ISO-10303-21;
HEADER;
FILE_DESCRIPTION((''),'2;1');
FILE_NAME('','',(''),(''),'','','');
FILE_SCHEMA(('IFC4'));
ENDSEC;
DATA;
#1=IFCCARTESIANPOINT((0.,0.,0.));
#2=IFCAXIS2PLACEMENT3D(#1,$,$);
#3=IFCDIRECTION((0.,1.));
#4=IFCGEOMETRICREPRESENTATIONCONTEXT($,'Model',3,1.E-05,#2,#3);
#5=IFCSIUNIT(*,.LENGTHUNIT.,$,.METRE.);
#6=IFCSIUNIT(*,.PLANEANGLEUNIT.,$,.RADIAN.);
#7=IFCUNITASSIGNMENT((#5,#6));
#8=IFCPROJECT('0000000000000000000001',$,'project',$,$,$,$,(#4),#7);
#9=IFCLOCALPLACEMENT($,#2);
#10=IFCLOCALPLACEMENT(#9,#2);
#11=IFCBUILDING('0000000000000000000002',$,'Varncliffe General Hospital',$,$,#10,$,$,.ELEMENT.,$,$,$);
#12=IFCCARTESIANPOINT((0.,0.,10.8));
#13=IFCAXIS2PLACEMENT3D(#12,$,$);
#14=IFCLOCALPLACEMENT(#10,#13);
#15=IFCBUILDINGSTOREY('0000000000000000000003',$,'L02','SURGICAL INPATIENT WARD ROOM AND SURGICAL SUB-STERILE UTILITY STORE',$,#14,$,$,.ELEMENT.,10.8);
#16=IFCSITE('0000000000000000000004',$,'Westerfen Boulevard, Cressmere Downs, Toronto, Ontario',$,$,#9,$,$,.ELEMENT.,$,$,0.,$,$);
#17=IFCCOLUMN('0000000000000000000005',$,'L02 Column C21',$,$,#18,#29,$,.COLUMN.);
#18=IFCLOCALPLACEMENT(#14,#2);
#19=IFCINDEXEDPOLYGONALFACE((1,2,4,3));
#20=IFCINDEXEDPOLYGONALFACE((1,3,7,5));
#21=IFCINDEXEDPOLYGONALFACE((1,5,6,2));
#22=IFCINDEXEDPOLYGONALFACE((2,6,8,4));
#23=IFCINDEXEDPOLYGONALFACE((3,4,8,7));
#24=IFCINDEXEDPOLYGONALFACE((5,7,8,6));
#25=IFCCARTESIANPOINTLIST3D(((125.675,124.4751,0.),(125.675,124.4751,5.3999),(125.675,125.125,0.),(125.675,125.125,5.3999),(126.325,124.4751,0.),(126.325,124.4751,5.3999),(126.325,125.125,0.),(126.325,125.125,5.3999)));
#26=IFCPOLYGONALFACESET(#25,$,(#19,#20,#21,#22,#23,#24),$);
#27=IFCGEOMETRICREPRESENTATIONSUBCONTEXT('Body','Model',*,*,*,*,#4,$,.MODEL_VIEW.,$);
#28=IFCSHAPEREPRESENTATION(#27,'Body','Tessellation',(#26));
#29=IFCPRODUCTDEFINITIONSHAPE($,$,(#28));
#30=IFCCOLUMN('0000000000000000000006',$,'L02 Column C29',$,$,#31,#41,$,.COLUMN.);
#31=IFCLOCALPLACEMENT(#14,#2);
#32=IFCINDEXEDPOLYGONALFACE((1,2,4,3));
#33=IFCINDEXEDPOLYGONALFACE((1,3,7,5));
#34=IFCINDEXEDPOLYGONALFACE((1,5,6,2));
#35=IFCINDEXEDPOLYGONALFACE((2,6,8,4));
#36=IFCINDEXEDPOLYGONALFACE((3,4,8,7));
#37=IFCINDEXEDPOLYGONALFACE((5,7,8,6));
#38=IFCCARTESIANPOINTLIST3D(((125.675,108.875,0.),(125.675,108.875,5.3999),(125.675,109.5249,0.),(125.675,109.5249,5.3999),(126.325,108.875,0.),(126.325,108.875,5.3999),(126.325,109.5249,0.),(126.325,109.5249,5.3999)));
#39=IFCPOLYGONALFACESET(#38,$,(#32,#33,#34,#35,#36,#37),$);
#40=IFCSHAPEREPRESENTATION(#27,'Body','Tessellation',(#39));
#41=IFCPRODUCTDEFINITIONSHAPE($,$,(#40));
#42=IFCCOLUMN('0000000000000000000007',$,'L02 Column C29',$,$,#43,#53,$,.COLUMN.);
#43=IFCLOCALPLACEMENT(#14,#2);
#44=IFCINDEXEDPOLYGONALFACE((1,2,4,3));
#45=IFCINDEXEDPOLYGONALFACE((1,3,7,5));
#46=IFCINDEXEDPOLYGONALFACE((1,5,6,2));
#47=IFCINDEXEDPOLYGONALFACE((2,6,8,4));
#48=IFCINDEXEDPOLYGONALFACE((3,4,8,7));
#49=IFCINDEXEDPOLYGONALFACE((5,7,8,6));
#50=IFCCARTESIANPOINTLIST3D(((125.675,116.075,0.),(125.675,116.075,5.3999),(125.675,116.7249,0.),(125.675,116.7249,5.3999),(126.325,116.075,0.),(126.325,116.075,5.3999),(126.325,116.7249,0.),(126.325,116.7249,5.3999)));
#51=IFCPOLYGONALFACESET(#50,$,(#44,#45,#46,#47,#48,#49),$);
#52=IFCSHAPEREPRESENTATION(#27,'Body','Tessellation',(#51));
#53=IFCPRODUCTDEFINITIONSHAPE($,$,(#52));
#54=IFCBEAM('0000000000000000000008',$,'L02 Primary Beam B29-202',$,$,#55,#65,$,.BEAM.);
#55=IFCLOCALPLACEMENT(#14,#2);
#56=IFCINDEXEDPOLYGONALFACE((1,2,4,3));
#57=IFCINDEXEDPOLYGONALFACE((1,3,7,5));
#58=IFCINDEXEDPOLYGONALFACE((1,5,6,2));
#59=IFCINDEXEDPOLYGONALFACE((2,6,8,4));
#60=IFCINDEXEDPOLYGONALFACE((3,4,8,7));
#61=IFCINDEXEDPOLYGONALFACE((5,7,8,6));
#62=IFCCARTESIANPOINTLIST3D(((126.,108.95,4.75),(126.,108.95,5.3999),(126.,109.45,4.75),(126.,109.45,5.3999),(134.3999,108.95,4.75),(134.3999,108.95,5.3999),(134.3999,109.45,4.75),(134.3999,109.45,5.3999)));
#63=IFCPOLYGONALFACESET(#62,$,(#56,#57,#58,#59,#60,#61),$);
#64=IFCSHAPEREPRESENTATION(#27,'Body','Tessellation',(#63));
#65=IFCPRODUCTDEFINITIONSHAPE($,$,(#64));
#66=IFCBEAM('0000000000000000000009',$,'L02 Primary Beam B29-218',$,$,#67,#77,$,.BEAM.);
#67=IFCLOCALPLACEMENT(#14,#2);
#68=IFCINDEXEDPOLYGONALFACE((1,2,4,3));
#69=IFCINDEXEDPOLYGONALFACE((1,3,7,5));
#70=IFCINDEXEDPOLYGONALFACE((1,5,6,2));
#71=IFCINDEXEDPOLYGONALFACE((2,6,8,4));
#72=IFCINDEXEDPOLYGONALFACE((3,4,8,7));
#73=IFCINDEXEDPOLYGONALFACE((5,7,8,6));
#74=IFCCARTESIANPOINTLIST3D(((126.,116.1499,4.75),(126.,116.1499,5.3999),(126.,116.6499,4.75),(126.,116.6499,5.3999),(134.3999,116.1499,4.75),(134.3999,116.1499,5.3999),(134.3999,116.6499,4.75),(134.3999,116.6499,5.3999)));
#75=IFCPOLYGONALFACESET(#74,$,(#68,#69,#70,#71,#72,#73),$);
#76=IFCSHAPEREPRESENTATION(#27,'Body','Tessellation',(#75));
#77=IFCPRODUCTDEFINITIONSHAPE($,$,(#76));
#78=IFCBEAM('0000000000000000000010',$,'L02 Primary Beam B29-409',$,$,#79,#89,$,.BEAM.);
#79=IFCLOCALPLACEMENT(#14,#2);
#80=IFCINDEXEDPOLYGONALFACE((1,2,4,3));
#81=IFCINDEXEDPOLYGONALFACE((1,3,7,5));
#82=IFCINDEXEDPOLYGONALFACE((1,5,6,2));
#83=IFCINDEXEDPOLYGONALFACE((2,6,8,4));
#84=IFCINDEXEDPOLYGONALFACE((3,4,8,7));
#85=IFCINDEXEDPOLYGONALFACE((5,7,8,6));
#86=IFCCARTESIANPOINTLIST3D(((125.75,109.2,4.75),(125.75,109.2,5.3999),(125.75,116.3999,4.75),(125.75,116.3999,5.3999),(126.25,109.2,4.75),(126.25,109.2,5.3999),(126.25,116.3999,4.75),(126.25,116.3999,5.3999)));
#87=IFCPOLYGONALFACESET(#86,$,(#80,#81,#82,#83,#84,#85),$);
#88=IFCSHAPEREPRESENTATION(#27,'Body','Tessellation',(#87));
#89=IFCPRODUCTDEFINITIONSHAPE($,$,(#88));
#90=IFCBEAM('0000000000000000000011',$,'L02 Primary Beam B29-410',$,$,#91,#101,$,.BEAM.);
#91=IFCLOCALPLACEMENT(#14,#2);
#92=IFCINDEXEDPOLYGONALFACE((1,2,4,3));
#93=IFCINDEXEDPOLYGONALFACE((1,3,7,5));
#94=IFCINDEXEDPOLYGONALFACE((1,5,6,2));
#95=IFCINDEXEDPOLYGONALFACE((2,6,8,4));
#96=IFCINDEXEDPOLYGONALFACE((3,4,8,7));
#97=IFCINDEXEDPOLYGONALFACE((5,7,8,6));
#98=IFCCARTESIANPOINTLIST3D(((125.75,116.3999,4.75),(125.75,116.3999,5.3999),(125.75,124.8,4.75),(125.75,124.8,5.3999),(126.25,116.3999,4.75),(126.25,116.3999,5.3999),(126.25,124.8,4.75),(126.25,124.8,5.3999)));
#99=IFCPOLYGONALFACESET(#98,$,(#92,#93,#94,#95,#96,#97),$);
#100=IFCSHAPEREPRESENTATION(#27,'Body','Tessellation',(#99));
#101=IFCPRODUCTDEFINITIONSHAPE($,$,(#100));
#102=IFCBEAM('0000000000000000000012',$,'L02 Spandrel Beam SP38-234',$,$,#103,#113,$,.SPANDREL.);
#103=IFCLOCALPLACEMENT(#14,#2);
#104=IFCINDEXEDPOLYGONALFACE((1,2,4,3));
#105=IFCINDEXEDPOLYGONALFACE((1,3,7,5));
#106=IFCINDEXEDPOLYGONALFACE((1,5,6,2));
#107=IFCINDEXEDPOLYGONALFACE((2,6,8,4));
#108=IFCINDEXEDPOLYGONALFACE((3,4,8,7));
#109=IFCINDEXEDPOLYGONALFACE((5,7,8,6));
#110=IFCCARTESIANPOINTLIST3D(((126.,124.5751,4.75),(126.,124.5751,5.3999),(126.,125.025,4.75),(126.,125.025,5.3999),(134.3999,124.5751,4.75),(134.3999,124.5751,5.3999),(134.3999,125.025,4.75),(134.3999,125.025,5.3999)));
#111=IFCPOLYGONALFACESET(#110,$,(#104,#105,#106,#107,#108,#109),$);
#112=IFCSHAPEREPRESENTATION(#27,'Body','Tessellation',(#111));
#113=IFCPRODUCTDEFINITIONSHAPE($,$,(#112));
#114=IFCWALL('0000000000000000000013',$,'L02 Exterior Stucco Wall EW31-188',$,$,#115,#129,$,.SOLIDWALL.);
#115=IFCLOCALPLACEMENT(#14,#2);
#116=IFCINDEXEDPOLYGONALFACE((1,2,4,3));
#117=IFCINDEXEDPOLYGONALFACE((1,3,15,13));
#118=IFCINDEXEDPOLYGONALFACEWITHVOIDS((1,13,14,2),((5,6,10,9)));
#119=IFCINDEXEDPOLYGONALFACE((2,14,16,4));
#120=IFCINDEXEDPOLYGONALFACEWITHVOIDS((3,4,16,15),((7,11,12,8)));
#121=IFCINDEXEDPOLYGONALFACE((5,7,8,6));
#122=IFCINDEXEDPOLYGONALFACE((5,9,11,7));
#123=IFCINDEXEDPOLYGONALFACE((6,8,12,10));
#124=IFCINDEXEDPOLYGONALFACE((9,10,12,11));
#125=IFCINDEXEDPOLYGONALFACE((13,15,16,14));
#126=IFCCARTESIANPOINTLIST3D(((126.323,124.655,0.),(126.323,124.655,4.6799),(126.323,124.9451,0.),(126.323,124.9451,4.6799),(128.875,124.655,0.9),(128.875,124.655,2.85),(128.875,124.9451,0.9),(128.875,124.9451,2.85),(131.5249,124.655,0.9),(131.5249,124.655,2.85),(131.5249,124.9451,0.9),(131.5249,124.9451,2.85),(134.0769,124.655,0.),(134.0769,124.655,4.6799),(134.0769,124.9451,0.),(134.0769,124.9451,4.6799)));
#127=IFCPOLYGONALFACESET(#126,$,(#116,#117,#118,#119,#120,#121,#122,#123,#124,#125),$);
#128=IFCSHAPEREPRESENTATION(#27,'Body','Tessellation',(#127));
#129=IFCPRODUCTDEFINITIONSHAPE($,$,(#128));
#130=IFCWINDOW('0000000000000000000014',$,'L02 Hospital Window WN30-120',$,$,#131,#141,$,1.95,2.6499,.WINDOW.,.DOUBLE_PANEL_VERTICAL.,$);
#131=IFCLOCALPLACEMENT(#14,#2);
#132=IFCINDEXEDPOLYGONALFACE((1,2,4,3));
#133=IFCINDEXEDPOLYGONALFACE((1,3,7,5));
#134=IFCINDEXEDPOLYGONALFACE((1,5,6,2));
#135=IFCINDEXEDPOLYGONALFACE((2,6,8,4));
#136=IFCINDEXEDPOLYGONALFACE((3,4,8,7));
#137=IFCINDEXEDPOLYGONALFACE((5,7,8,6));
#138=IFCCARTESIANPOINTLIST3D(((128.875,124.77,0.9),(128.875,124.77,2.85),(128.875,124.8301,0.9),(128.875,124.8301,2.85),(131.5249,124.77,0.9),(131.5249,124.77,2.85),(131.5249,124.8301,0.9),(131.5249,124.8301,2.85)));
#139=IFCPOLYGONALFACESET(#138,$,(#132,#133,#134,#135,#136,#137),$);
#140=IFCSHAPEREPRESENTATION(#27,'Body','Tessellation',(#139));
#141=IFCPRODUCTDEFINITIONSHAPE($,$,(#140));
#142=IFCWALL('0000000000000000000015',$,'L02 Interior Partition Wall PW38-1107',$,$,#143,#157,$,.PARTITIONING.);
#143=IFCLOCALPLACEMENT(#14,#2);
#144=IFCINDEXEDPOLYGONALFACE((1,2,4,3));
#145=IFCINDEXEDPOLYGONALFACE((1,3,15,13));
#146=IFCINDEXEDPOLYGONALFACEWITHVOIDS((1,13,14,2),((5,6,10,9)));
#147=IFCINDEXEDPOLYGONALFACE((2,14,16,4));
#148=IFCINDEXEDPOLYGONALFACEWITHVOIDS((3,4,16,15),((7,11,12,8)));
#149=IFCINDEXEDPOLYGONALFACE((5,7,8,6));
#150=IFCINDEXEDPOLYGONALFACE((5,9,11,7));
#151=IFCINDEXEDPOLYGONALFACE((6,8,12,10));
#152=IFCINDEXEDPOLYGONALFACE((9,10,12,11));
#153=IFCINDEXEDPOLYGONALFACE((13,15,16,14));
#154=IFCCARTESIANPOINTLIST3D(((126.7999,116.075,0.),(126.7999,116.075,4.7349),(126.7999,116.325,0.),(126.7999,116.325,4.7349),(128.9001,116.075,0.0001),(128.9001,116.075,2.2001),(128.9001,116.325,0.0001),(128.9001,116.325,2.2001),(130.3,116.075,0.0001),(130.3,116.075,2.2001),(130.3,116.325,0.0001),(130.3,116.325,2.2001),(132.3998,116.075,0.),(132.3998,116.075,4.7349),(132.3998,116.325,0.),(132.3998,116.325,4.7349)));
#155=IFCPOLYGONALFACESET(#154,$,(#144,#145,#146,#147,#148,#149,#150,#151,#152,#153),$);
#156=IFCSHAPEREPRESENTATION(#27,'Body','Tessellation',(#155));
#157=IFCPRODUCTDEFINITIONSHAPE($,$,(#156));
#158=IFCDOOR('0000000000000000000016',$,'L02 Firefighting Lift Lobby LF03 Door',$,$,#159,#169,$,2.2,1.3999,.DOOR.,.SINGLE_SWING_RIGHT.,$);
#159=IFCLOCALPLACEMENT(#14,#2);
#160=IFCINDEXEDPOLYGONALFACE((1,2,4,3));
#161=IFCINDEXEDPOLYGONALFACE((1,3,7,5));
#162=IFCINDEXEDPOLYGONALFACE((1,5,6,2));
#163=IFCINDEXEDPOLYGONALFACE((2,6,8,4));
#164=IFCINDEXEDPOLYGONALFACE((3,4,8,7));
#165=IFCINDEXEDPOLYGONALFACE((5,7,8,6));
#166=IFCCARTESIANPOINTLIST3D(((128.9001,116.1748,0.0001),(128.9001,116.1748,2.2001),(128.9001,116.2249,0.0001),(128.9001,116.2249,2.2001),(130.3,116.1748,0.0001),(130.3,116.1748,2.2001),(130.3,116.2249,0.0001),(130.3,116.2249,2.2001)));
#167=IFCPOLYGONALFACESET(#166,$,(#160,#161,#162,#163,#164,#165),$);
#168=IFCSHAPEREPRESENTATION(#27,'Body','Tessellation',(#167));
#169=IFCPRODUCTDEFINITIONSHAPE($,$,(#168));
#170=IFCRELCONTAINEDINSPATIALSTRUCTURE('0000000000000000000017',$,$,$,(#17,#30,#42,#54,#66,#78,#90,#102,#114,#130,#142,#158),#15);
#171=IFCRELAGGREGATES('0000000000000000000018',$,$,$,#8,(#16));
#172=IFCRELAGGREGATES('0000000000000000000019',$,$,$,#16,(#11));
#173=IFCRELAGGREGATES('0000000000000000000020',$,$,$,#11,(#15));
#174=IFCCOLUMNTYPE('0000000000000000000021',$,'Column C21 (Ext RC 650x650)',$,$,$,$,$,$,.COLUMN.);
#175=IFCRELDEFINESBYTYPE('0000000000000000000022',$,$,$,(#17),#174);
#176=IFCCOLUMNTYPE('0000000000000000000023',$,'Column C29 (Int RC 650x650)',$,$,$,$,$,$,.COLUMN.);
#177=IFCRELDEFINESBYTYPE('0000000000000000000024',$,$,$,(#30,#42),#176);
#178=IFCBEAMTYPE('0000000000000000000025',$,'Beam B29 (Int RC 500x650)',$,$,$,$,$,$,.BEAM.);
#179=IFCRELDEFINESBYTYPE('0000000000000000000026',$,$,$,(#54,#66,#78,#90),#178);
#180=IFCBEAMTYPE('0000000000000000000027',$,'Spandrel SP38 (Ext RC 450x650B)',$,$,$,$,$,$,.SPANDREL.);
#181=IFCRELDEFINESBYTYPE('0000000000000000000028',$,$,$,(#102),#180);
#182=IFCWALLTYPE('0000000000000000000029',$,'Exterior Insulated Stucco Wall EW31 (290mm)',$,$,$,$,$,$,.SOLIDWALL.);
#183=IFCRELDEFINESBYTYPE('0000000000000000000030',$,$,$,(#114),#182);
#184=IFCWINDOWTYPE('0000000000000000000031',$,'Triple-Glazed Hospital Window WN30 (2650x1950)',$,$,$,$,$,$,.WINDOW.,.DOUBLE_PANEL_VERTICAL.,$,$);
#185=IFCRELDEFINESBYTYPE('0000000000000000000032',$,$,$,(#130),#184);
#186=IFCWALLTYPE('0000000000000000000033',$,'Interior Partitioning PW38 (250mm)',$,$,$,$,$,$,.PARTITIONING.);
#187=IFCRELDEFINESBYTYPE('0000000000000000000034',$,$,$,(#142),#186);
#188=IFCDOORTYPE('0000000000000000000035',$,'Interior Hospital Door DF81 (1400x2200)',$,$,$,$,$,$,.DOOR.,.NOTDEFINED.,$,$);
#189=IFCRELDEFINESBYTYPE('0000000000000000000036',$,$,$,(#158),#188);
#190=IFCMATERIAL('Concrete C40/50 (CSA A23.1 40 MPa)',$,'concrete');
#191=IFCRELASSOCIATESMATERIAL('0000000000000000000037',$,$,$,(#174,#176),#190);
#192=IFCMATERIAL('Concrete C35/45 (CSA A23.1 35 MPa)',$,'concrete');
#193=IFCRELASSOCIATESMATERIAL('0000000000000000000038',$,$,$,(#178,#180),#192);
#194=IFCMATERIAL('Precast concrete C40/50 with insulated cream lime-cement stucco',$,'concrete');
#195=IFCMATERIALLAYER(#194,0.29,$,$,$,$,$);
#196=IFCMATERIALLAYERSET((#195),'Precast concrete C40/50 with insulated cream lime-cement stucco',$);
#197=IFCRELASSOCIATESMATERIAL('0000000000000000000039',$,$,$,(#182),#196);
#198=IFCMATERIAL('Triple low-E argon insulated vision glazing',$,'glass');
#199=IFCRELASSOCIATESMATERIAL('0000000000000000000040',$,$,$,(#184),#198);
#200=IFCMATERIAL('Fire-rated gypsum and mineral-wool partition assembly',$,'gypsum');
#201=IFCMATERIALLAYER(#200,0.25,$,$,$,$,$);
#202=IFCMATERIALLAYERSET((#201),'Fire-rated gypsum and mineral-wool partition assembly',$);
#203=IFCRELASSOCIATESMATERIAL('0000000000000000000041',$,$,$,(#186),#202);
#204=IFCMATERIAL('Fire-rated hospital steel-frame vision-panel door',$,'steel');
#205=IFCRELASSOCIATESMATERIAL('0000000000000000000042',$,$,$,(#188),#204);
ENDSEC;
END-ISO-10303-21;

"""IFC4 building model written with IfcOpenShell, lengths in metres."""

from ifc_helpers import new_model, si_unit, direction, frame, frame_2d, origin, origin_2d, place, context, subcontext, project, spatial, rectangle, extrude, material, layer, layer_set, material_profile, profile_set, type_object, element, fill, save


model = new_model("IFC4")

# Units and contexts
model_context = context("Model", 3, precision=1e-05, world=origin(), true_north=direction((0.0, 1.0)))
body_context = subcontext(model_context, "Body", "Model", "MODEL_VIEW")
ifc_project = project(units=[si_unit("LENGTHUNIT", "METRE"), si_unit("PLANEANGLEUNIT", "RADIAN")], contexts=[model_context])

# Site, building, storey
site_placement = place(None, origin())
site = spatial("IfcSite", under=ifc_project, at=site_placement, Name="Westerfen Boulevard, Cressmere Downs, Toronto, Ontario", CompositionType="ELEMENT", RefElevation=0.0)
building_placement = place(site_placement, origin())
building = spatial("IfcBuilding", under=site, at=building_placement, Name="Varncliffe General Hospital", CompositionType="ELEMENT")
storey_placement = place(building_placement, frame((0.0, 0.0, 10.8)))
storey = spatial("IfcBuildingStorey", under=building, at=storey_placement, Name="L02", Description="SURGICAL INPATIENT WARD ROOM AND SURGICAL SUB-STERILE UTILITY STORE", CompositionType="ELEMENT", Elevation=10.8)

# Columns
ifc_material_1 = material(Name="Concrete C40/50 (CSA A23.1 40 MPa)", Category="concrete")
ifc_material_profile_1 = material_profile(ifc_material_1, rectangle(XDim=0.6499, YDim=0.6499, at=origin_2d()), Name="RC 650x650")
ifc_profile_set_1 = profile_set([ifc_material_profile_1], Name="Concrete C40/50 (CSA A23.1 40 MPa)")
column_type_1 = type_object("IfcColumnType", Name="Column C21 (Ext RC 650x650)", PredefinedType="COLUMN", material=ifc_profile_set_1)
column_placement = place(storey_placement, frame((126.0, 124.8, 0.0), z_axis=(0.0, 0.0, 1.0), x_axis=(1.0, 0.0, 0.0)))
element("IfcColumn", 1, at=column_placement, inside=storey, type_object=column_type_1, Name="L02 Column C21", PredefinedType="COLUMN", context=body_context, shape_type="SweptSolid", body=[
    extrude(rectangle(XDim=0.6499, YDim=0.6499, at=origin_2d()), origin(), (0.0, 0.0, 1.0), 5.3999),
])
ifc_material_profile_2 = material_profile(ifc_material_1, rectangle(XDim=0.6499, YDim=0.6499, at=origin_2d()), Name="RC 650x650")
ifc_profile_set_2 = profile_set([ifc_material_profile_2], Name="Concrete C40/50 (CSA A23.1 40 MPa)")
column_type_2 = type_object("IfcColumnType", Name="Column C29 (Int RC 650x650)", PredefinedType="COLUMN", material=ifc_profile_set_2)
for number, where, z_axis, x_axis, name in (
    (2, (126.0, 109.2, 0.0), (0.0, 0.0, 1.0), (1.0, 0.0, 0.0), "L02 Column C29"),
    (3, (126.0, 116.3999, 0.0), (0.0, 0.0, 1.0), (1.0, 0.0, 0.0), "L02 Column C29"),
):
    element("IfcColumn", number, at=place(storey_placement, frame(where, z_axis=z_axis, x_axis=x_axis)), inside=storey, type_object=column_type_2, Name=name, PredefinedType="COLUMN", context=body_context, shape_type="SweptSolid", body=[
        extrude(rectangle(XDim=0.6499, YDim=0.6499, at=origin_2d()), origin(), (0.0, 0.0, 1.0), 5.3999),
    ])

# Beams
ifc_material_2 = material(Name="Concrete C35/45 (CSA A23.1 35 MPa)", Category="concrete")
ifc_material_profile_3 = material_profile(ifc_material_2, rectangle(XDim=0.5, YDim=0.6499, at=origin_2d()), Name="RC 500x650")
ifc_profile_set_3 = profile_set([ifc_material_profile_3], Name="Concrete C35/45 (CSA A23.1 35 MPa)")
beam_type_1 = type_object("IfcBeamType", Name="Beam B29 (Int RC 500x650)", PredefinedType="BEAM", material=ifc_profile_set_3)
for number, where, z_axis, x_axis, name in (
    (4, (126.0, 109.2, 5.075), (1.0, 0.0, 0.0), (0.0, 1.0, 0.0), "L02 Primary Beam B29-202"),
    (5, (126.0, 116.3999, 5.075), (1.0, 0.0, 0.0), (0.0, 1.0, 0.0), "L02 Primary Beam B29-218"),
):
    element("IfcBeam", number, at=place(storey_placement, frame(where, z_axis=z_axis, x_axis=x_axis)), inside=storey, type_object=beam_type_1, Name=name, PredefinedType="BEAM", context=body_context, shape_type="SweptSolid", body=[
        extrude(rectangle(XDim=0.5, YDim=0.6499, at=origin_2d()), origin(), (0.0, 0.0, 1.0), 8.3999),
    ])
beam_1_placement = place(storey_placement, frame((126.0, 109.2, 5.075), z_axis=(0.0, 1.0, 0.0), x_axis=(-1.0, 0.0, 0.0)))
element("IfcBeam", 6, at=beam_1_placement, inside=storey, type_object=beam_type_1, Name="L02 Primary Beam B29-409", PredefinedType="BEAM", context=body_context, shape_type="SweptSolid", body=[
    extrude(rectangle(XDim=0.5, YDim=0.6499, at=origin_2d()), origin(), (0.0, 0.0, 1.0), 7.2),
])
beam_2_placement = place(storey_placement, frame((126.0, 116.3999, 5.075), z_axis=(0.0, 1.0, 0.0), x_axis=(-1.0, 0.0, 0.0)))
element("IfcBeam", 7, at=beam_2_placement, inside=storey, type_object=beam_type_1, Name="L02 Primary Beam B29-410", PredefinedType="BEAM", context=body_context, shape_type="SweptSolid", body=[
    extrude(rectangle(XDim=0.5, YDim=0.6499, at=origin_2d()), origin(), (0.0, 0.0, 1.0), 8.4001),
])
ifc_material_profile_4 = material_profile(ifc_material_2, rectangle(XDim=0.45, YDim=0.6499, at=origin_2d()), Name="RC 450x650")
ifc_profile_set_4 = profile_set([ifc_material_profile_4], Name="Concrete C35/45 (CSA A23.1 35 MPa)")
beam_type_2 = type_object("IfcBeamType", Name="Spandrel SP38 (Ext RC 450x650B)", PredefinedType="SPANDREL", material=ifc_profile_set_4)
beam_3_placement = place(storey_placement, frame((126.0, 124.8, 5.075), z_axis=(1.0, 0.0, 0.0), x_axis=(0.0, 1.0, 0.0)))
element("IfcBeam", 8, at=beam_3_placement, inside=storey, type_object=beam_type_2, Name="L02 Spandrel Beam SP38-234", PredefinedType="SPANDREL", context=body_context, shape_type="SweptSolid", body=[
    extrude(rectangle(XDim=0.45, YDim=0.6499, at=origin_2d()), origin(), (0.0, 0.0, 1.0), 8.3999),
])

# Wall, opening, window
ifc_material_3 = material(Name="Precast concrete C40/50 with insulated cream lime-cement stucco", Category="concrete")
ifc_layer_1 = layer(ifc_material_3, 0.29)
ifc_layer_set_1 = layer_set([ifc_layer_1], Name="Precast concrete C40/50 with insulated cream lime-cement stucco")
wall_type_1 = type_object("IfcWallType", Name="Exterior Insulated Stucco Wall EW31 (290mm)", PredefinedType="SOLIDWALL", material=ifc_layer_set_1)
wall_1_placement = place(storey_placement, frame((126.323, 124.8, 0.0), z_axis=(0.0, 0.0, 1.0), x_axis=(1.0, 0.0, 0.0)))
wall_1 = element("IfcWall", 9, at=wall_1_placement, inside=storey, type_object=wall_type_1, Name="L02 Exterior Stucco Wall EW31-188", PredefinedType="SOLIDWALL", context=body_context, shape_type="SweptSolid", body=[
    extrude(rectangle(XDim=7.7539, YDim=0.29, at=frame_2d((3.877, 0.0))), origin(), (0.0, 0.0, 1.0), 4.6799),
])
opening_1_placement = place(wall_1_placement, frame((2.552, 0.0, 0.8999)))
opening_1 = element("IfcOpeningElement", 10, at=opening_1_placement, cuts=wall_1, PredefinedType="OPENING", context=body_context, shape_type="SweptSolid", body=[
    extrude(rectangle(XDim=2.6499, YDim=1.95, at=frame_2d((1.325, 0.9751))), frame((0.0, 0.155, 0.0), z_axis=(0.0, -1.0, 0.0), x_axis=(1.0, 0.0, 0.0)), (0.0, 0.0, 1.0), 0.3101),
])
ifc_material_4 = material(Name="Triple low-E argon insulated vision glazing", Category="glass")
window_type = type_object("IfcWindowType", Name="Triple-Glazed Hospital Window WN30 (2650x1950)", PartitioningType="DOUBLE_PANEL_VERTICAL", PredefinedType="WINDOW", material=ifc_material_4)
window_placement = place(opening_1_placement, origin())
window = element("IfcWindow", 11, at=window_placement, inside=storey, type_object=window_type, Name="L02 Hospital Window WN30-120", OverallHeight=1.95, OverallWidth=2.6499, PartitioningType="DOUBLE_PANEL_VERTICAL", PredefinedType="WINDOW", context=body_context, shape_type="SweptSolid", body=[
    extrude(rectangle(XDim=2.6499, YDim=1.95, at=frame_2d((1.325, 0.9751))), frame((0.0, 0.03, 0.0), z_axis=(0.0, -1.0, 0.0), x_axis=(1.0, 0.0, 0.0)), (0.0, 0.0, 1.0), 0.0601),
])
fill(opening_1, window)

# Wall, opening, door
ifc_material_5 = material(Name="Fire-rated gypsum and mineral-wool partition assembly", Category="gypsum")
ifc_layer_2 = layer(ifc_material_5, 0.25)
ifc_layer_set_2 = layer_set([ifc_layer_2], Name="Fire-rated gypsum and mineral-wool partition assembly")
wall_type_2 = type_object("IfcWallType", Name="Interior Partitioning PW38 (250mm)", PredefinedType="PARTITIONING", material=ifc_layer_set_2)
wall_2_placement = place(storey_placement, frame((126.8, 116.2, 0.0), z_axis=(0.0, 0.0, 1.0), x_axis=(1.0, 0.0, 0.0)))
wall_2 = element("IfcWall", 12, at=wall_2_placement, inside=storey, type_object=wall_type_2, Name="L02 Interior Partition Wall PW38-1107", PredefinedType="PARTITIONING", context=body_context, shape_type="SweptSolid", body=[
    extrude(rectangle(XDim=5.5999, YDim=0.25, at=frame_2d((2.7998, 0.0))), origin(), (0.0, 0.0, 1.0), 4.7349),
])
opening_2_placement = place(wall_2_placement, frame((2.1001, 0.0, 0.0)))
opening_2 = element("IfcOpeningElement", 13, at=opening_2_placement, cuts=wall_2, PredefinedType="OPENING", context=body_context, shape_type="SweptSolid", body=[
    extrude(rectangle(XDim=1.3999, YDim=2.2, at=frame_2d((0.7, 1.1001))), frame((0.0, 0.135, 0.0), z_axis=(0.0, -1.0, 0.0), x_axis=(1.0, 0.0, 0.0)), (0.0, 0.0, 1.0), 0.27),
])
ifc_material_6 = material(Name="Fire-rated hospital steel-frame vision-panel door", Category="steel")
door_type_1 = type_object("IfcDoorType", Name="Interior Hospital Door DF81 (1400x2200)", OperationType="NOTDEFINED", PredefinedType="DOOR", material=ifc_material_6)
door_1_placement = place(opening_2_placement, origin())
door_1 = element("IfcDoor", 14, at=door_1_placement, inside=storey, type_object=door_type_1, Name="L02 Firefighting Lift Lobby LF03 Door", OperationType="SINGLE_SWING_RIGHT", OverallHeight=2.2, OverallWidth=1.3999, PredefinedType="DOOR", context=body_context, shape_type="SweptSolid", body=[
    extrude(rectangle(XDim=1.3999, YDim=2.2, at=frame_2d((0.7, 1.1001))), frame((0.0, 0.0249, 0.0), z_axis=(0.0, -1.0, 0.0), x_axis=(1.0, 0.0, 0.0)), (0.0, 0.0, 1.0), 0.05),
])
fill(opening_2, door_1)

save(model, "model.ifc")
